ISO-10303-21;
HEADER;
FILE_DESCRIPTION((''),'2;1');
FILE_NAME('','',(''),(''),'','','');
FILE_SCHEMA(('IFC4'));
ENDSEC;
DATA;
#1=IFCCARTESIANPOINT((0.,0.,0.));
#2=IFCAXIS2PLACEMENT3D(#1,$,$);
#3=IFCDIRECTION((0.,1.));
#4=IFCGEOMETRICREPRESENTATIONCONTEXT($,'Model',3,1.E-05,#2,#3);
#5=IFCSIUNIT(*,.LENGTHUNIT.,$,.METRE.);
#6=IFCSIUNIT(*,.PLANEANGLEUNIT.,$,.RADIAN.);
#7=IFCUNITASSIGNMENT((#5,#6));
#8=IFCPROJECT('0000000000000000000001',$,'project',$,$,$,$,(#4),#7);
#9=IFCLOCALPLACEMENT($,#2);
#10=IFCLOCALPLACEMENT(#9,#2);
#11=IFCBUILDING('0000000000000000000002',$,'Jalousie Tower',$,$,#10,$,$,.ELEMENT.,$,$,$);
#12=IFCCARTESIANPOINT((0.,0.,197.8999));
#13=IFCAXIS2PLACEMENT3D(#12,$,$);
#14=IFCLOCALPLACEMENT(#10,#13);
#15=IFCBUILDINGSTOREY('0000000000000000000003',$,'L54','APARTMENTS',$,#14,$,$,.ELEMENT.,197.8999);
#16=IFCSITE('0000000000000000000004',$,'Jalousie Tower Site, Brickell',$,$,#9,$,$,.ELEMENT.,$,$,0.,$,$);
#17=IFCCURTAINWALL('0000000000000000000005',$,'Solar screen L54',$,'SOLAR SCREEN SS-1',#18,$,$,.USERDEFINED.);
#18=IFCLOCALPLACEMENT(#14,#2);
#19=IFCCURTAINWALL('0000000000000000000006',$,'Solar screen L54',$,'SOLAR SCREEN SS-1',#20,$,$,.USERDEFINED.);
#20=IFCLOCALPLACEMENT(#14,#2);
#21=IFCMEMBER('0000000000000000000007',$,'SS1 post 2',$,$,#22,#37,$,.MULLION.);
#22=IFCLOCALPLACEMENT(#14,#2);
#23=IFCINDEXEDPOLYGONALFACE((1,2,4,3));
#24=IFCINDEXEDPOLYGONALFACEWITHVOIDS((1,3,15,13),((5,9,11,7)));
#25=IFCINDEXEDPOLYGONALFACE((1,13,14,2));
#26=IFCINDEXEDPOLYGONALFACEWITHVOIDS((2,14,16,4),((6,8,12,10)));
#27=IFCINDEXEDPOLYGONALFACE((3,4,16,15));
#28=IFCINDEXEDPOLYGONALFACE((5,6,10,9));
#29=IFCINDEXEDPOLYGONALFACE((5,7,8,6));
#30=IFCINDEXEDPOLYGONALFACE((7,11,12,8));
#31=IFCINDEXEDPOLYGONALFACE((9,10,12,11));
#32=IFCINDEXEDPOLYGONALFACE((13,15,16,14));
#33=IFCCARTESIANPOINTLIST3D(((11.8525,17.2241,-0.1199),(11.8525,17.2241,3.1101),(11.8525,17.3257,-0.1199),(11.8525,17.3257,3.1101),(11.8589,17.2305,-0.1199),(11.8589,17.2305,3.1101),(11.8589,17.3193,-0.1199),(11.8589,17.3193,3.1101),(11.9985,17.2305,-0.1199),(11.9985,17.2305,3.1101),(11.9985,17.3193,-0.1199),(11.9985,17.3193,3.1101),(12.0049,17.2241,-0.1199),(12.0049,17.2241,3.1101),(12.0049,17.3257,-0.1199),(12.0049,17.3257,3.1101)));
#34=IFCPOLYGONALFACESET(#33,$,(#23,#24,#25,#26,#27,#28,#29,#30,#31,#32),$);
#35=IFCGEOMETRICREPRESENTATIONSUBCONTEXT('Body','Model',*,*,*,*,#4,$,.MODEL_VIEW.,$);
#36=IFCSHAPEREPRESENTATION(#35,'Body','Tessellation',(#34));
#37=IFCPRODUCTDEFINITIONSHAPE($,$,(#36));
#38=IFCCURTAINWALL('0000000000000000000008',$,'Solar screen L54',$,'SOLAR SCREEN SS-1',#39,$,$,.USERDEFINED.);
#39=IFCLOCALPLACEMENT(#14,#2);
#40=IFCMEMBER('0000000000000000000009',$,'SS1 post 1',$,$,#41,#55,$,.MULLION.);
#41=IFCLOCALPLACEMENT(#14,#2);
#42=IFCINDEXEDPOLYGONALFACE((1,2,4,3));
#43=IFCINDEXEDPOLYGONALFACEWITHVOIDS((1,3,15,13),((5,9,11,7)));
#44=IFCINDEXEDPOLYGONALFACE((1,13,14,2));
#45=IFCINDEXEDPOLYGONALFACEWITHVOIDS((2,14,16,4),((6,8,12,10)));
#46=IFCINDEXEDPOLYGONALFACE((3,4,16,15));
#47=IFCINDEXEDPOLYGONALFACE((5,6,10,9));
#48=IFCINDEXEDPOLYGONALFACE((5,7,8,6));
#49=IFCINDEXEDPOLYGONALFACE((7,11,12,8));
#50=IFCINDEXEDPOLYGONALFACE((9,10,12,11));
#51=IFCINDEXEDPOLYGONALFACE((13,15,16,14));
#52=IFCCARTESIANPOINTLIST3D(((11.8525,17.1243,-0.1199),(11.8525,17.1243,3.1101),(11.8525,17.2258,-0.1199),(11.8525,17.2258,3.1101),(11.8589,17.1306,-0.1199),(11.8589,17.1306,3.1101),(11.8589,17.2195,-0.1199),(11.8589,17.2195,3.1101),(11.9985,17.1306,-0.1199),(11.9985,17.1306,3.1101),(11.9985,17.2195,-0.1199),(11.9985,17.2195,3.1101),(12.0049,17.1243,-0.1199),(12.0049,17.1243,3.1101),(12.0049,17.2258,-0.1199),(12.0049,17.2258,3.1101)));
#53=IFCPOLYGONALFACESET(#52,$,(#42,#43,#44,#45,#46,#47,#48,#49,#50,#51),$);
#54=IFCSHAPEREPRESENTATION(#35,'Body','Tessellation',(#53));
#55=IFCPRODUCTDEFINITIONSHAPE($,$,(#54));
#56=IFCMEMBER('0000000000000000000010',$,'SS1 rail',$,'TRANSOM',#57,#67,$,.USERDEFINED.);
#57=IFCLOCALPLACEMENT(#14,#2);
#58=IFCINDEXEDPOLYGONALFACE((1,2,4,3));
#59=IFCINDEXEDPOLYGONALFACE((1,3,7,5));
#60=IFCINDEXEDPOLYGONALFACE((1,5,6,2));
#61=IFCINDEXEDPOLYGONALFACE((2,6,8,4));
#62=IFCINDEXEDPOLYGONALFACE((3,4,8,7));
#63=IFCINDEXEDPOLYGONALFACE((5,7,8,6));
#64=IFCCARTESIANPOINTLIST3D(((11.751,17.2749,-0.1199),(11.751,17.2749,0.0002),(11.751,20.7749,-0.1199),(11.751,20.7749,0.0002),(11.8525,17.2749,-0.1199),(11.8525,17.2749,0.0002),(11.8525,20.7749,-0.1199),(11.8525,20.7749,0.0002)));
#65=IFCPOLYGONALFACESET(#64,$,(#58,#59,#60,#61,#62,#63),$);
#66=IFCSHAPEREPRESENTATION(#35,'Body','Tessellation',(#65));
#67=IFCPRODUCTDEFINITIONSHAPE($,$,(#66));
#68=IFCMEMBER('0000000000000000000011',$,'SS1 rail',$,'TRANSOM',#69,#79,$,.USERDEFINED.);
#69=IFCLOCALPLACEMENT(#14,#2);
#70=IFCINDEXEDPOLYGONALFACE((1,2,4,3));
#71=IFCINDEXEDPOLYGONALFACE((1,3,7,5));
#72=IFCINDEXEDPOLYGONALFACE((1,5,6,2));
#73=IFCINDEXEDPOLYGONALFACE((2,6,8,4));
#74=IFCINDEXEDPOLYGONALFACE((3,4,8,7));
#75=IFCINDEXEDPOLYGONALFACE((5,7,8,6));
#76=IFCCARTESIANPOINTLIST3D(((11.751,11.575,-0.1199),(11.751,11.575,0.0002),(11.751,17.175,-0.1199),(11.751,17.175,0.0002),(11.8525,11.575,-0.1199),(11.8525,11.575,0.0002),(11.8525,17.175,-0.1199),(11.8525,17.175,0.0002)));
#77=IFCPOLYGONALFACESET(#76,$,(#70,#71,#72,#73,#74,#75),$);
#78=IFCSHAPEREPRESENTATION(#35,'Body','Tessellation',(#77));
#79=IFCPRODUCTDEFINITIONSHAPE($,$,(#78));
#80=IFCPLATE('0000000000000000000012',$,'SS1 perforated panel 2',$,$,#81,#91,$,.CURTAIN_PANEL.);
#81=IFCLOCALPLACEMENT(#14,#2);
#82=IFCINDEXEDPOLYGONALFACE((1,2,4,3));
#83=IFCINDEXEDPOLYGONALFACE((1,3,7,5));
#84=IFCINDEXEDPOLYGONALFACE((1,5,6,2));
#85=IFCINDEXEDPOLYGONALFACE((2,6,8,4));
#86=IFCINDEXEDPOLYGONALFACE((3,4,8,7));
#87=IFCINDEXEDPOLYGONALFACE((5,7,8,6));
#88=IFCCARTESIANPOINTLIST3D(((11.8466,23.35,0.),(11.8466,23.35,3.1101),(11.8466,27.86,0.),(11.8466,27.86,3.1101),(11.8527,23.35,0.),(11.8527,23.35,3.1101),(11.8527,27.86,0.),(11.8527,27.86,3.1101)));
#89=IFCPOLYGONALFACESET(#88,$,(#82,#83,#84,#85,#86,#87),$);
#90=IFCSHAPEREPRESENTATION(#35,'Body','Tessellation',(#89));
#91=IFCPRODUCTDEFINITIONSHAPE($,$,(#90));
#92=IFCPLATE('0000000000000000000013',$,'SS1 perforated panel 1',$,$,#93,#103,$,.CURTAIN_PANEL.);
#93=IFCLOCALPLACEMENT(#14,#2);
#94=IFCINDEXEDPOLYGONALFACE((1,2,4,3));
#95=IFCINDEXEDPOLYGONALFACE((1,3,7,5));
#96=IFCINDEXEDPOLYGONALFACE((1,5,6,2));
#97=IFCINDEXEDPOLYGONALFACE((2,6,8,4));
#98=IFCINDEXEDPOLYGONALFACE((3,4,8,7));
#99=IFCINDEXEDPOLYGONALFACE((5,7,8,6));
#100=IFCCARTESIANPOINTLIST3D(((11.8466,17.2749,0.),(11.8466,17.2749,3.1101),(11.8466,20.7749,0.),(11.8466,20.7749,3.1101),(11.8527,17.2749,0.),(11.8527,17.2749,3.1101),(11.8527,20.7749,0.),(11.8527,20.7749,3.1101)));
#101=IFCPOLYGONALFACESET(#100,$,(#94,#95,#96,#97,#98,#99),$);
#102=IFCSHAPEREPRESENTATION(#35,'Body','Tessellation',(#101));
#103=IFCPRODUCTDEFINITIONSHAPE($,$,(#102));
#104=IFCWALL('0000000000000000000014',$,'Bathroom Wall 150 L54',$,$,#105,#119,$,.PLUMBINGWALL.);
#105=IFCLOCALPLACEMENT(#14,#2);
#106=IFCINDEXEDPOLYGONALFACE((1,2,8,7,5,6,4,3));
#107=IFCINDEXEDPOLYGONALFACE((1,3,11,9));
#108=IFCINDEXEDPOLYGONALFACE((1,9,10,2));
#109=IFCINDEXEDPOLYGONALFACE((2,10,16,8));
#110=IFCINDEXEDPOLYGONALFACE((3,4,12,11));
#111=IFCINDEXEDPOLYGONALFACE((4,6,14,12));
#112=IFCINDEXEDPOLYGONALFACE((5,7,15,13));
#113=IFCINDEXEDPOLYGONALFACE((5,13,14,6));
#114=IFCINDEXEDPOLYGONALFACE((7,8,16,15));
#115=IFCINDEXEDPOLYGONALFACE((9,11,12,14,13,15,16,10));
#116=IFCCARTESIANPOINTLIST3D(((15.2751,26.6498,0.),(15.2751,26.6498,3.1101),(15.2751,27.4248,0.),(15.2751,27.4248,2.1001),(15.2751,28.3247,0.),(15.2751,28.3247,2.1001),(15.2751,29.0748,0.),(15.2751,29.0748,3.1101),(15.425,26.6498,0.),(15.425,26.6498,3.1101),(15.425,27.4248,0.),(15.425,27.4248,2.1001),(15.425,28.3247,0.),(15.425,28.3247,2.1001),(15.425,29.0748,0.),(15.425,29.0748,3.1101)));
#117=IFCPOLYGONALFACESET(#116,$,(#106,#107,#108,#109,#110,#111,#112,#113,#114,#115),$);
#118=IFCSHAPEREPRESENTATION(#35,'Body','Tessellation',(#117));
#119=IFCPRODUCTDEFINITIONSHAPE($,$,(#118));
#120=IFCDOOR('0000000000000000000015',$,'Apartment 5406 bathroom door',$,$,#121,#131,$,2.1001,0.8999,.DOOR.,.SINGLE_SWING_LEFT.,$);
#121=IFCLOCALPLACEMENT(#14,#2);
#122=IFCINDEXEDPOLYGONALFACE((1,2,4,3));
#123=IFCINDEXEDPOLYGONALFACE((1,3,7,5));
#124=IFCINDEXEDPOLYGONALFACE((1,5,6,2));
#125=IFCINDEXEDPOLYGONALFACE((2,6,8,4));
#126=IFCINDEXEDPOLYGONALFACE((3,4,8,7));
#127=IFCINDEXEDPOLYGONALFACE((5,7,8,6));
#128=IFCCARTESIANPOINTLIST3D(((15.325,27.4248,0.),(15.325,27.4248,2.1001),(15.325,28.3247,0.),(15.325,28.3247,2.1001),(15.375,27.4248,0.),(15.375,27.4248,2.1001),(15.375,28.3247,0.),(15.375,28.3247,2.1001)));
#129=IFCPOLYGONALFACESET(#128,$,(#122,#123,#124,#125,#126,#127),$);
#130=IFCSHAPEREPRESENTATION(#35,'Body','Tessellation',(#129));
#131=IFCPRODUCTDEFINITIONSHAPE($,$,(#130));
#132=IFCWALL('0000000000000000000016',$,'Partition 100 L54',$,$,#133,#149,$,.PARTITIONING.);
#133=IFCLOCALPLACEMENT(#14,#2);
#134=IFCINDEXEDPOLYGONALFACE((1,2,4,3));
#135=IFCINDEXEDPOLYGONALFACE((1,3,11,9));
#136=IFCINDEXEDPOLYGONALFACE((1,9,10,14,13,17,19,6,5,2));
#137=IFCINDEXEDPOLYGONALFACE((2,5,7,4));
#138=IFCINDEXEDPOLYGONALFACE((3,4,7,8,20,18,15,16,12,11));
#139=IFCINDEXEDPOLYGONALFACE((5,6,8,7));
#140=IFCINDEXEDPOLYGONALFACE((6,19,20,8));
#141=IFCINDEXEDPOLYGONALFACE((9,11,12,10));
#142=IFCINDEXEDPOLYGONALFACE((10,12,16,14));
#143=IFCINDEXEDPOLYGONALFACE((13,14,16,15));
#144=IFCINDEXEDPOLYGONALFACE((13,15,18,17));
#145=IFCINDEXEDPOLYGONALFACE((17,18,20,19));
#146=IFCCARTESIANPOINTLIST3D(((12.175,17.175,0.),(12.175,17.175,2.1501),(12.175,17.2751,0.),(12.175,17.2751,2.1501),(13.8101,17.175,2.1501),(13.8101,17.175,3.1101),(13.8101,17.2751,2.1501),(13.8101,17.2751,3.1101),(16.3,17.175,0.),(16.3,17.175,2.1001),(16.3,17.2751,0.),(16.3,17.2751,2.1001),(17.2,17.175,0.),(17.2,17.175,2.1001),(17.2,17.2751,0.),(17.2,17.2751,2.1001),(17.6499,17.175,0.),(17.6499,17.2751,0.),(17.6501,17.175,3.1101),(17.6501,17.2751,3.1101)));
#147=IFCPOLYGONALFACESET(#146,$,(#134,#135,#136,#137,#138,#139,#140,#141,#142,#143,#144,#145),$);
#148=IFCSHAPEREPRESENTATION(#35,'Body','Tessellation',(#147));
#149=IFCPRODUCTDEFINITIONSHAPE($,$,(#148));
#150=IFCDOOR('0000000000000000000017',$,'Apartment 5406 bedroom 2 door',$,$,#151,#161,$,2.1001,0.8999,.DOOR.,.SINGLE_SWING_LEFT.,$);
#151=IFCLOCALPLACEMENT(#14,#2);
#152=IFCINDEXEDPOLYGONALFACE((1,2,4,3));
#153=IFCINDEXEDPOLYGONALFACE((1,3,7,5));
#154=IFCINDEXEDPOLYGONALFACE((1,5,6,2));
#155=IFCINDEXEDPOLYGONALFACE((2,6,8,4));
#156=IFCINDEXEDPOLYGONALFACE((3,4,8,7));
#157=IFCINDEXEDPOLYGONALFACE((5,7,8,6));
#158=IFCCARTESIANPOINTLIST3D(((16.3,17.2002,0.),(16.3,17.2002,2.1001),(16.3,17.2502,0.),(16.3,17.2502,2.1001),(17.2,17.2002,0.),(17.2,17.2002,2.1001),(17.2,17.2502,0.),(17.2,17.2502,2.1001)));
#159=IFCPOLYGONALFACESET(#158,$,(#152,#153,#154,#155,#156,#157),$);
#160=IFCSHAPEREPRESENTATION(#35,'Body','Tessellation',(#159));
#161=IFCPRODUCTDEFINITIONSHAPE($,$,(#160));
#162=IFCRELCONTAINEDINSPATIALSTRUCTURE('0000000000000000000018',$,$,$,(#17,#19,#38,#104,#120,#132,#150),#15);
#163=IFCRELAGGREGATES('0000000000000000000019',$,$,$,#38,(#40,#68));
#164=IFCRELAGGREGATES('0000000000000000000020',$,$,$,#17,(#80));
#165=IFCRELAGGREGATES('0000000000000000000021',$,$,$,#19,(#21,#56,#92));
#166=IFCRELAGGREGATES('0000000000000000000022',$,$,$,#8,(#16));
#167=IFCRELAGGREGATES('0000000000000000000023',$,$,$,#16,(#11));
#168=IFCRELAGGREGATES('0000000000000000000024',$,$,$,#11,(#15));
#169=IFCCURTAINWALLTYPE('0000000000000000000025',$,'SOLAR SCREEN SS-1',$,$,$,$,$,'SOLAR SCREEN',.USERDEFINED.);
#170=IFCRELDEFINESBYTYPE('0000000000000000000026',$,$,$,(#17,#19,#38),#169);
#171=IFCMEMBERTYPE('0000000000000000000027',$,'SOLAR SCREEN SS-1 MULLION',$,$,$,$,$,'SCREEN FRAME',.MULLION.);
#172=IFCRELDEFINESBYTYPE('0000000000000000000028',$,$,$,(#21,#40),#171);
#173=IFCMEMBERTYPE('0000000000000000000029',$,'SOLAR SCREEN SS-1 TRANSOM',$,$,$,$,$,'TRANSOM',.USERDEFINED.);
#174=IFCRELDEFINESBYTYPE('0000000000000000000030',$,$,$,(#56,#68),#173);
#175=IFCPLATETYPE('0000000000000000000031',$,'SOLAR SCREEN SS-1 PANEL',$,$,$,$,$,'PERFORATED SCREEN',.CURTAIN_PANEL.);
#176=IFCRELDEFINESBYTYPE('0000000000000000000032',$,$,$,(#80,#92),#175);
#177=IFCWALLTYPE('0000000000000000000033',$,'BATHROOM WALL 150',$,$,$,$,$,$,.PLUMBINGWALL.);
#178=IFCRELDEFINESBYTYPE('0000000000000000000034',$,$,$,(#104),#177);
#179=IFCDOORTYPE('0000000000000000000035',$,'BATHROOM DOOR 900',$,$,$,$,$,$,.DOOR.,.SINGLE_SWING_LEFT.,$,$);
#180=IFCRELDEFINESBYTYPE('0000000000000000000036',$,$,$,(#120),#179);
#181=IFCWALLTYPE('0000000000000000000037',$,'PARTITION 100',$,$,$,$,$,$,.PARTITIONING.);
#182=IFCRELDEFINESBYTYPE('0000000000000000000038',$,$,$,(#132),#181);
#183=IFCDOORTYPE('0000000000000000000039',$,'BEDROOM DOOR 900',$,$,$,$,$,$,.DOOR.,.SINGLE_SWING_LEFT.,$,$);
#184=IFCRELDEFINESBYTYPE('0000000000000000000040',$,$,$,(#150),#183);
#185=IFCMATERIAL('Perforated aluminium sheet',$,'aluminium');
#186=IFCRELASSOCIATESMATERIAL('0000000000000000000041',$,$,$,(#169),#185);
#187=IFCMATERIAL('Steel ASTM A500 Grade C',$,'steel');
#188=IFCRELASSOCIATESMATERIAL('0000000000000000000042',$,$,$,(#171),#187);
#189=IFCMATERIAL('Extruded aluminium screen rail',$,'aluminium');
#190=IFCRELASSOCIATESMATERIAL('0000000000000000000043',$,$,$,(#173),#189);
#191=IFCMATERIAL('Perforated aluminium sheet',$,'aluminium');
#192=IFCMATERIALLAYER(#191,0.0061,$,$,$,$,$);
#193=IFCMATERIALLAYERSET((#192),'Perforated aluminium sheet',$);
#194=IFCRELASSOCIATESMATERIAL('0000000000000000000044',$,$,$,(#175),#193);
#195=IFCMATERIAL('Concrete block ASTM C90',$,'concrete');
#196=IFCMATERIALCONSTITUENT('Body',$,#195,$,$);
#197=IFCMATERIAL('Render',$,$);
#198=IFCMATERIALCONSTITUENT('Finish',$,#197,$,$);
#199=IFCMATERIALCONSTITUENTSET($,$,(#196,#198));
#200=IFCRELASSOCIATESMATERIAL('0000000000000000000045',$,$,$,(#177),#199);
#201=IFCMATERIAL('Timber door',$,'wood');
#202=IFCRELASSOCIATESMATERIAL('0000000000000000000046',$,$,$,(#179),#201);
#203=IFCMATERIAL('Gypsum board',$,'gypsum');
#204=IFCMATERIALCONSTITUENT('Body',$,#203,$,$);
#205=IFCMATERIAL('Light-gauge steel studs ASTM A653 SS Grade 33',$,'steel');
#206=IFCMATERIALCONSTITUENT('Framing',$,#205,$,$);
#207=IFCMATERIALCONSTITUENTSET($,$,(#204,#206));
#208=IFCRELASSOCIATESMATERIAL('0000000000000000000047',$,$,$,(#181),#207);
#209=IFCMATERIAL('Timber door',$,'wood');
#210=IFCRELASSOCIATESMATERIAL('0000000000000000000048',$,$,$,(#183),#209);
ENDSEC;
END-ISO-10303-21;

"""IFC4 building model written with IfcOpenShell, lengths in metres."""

from ifc_helpers import new_model, si_unit, direction, frame, frame_2d, origin, origin_2d, place, context, subcontext, project, spatial, polyline, rectangle, hollow_rectangle, outline, extrude, material, layer, layer_set, constituent, constituent_set, material_profile, profile_set, type_object, element, fill, aggregate, save


model = new_model("IFC4")

# Units and contexts
model_context = context("Model", 3, precision=1e-05, world=origin(), true_north=direction((0.0, 1.0)))
body_context = subcontext(model_context, "Body", "Model", "MODEL_VIEW")
ifc_project = project(units=[si_unit("LENGTHUNIT", "METRE"), si_unit("PLANEANGLEUNIT", "RADIAN")], contexts=[model_context])

# Site, building, storey
site_placement = place(None, origin())
site = spatial("IfcSite", under=ifc_project, at=site_placement, Name="Jalousie Tower Site, Brickell", CompositionType="ELEMENT", RefElevation=0.0)
building_placement = place(site_placement, origin())
building = spatial("IfcBuilding", under=site, at=building_placement, Name="Jalousie Tower", CompositionType="ELEMENT")
storey_placement = place(building_placement, frame((0.0, 0.0, 197.8999)))
storey = spatial("IfcBuildingStorey", under=building, at=storey_placement, Name="L54", Description="APARTMENTS", CompositionType="ELEMENT", Elevation=197.8999)

# Curtain walls, member
ifc_material_1 = material(Name="Perforated aluminium sheet", Category="aluminium")
curtain_wall_type = type_object("IfcCurtainWallType", Name="SOLAR SCREEN SS-1", ElementType="SOLAR SCREEN", PredefinedType="USERDEFINED", material=ifc_material_1)
curtain_wall_1_placement = place(storey_placement, origin())
curtain_wall_1 = element("IfcCurtainWall", 1, at=curtain_wall_1_placement, inside=storey, type_object=curtain_wall_type, Name="Solar screen L54", ObjectType="SOLAR SCREEN SS-1", PredefinedType="USERDEFINED")
ifc_material_2 = material(Name="Steel ASTM A500 Grade C", Category="steel")
ifc_material_profile_1 = material_profile(ifc_material_2, hollow_rectangle(XDim=0.1016, YDim=0.1523, WallThickness=0.0063, at=origin_2d()), Name="HSS6X4X1/4")
ifc_profile_set_1 = profile_set([ifc_material_profile_1], Name="Steel ASTM A500 Grade C")
member_type_1 = type_object("IfcMemberType", Name="SOLAR SCREEN SS-1 MULLION", ElementType="SCREEN FRAME", PredefinedType="MULLION", material=ifc_profile_set_1)
curtain_wall_2_placement = place(storey_placement, origin())
curtain_wall_2 = element("IfcCurtainWall", 2, at=curtain_wall_2_placement, inside=storey, type_object=curtain_wall_type, Name="Solar screen L54", ObjectType="SOLAR SCREEN SS-1", PredefinedType="USERDEFINED")
member_1_placement = place(storey_placement, frame((11.9287, 17.2749, -0.1199), z_axis=(0.0, 0.0, 1.0), x_axis=(0.0, -1.0, 0.0)))
member_1 = element("IfcMember", 3, at=member_1_placement, type_object=member_type_1, Name="SS1 post 2", PredefinedType="MULLION", context=body_context, shape_type="SweptSolid", body=[
    extrude(hollow_rectangle(XDim=0.1016, YDim=0.1523, WallThickness=0.0063, at=origin_2d()), origin(), (0.0, 0.0, 1.0), 3.23),
])

# Curtain wall, member
curtain_wall_3_placement = place(storey_placement, origin())
curtain_wall_3 = element("IfcCurtainWall", 4, at=curtain_wall_3_placement, inside=storey, type_object=curtain_wall_type, Name="Solar screen L54", ObjectType="SOLAR SCREEN SS-1", PredefinedType="USERDEFINED")
member_2_placement = place(storey_placement, frame((11.9287, 17.175, -0.1199), z_axis=(0.0, 0.0, 1.0), x_axis=(0.0, -1.0, 0.0)))
member_2 = element("IfcMember", 5, at=member_2_placement, type_object=member_type_1, Name="SS1 post 1", PredefinedType="MULLION", context=body_context, shape_type="SweptSolid", body=[
    extrude(hollow_rectangle(XDim=0.1016, YDim=0.1523, WallThickness=0.0063, at=origin_2d()), origin(), (0.0, 0.0, 1.0), 3.23),
])

# Members
ifc_material_3 = material(Name="Extruded aluminium screen rail", Category="aluminium")
ifc_material_profile_2 = material_profile(ifc_material_3, rectangle(XDim=0.1016, YDim=0.1201, at=origin_2d()), Name="RAIL 102x120")
ifc_profile_set_2 = profile_set([ifc_material_profile_2], Name="Extruded aluminium screen rail")
member_type_2 = type_object("IfcMemberType", Name="SOLAR SCREEN SS-1 TRANSOM", ElementType="TRANSOM", PredefinedType="USERDEFINED", material=ifc_profile_set_2)
member_3_placement = place(storey_placement, frame((11.8018, 20.7749, -0.0598), z_axis=(0.0, -1.0, 0.0), x_axis=(1.0, 0.0, 0.0)))
member_3 = element("IfcMember", 6, at=member_3_placement, type_object=member_type_2, Name="SS1 rail", ObjectType="TRANSOM", PredefinedType="USERDEFINED", context=body_context, shape_type="SweptSolid", body=[
    extrude(rectangle(XDim=0.1016, YDim=0.1201, at=origin_2d()), origin(), (0.0, 0.0, 1.0), 3.5),
])
member_4_placement = place(storey_placement, frame((11.8018, 17.175, -0.0598), z_axis=(0.0, -1.0, 0.0), x_axis=(1.0, 0.0, 0.0)))
member_4 = element("IfcMember", 7, at=member_4_placement, type_object=member_type_2, Name="SS1 rail", ObjectType="TRANSOM", PredefinedType="USERDEFINED", context=body_context, shape_type="SweptSolid", body=[
    extrude(rectangle(XDim=0.1016, YDim=0.1201, at=origin_2d()), origin(), (0.0, 0.0, 1.0), 5.6001),
])
aggregate(curtain_wall_3, [member_2, member_4])

# Plates
ifc_material_4 = material(Name="Perforated aluminium sheet", Category="aluminium")
ifc_layer = layer(ifc_material_4, 0.0061)
ifc_layer_set = layer_set([ifc_layer], Name="Perforated aluminium sheet")
plate_type = type_object("IfcPlateType", Name="SOLAR SCREEN SS-1 PANEL", ElementType="PERFORATED SCREEN", PredefinedType="CURTAIN_PANEL", material=ifc_layer_set)
plate_1_placement = place(storey_placement, frame((11.8496, 25.605, 0.0), z_axis=(0.0, 0.0, 1.0), x_axis=(0.0, -1.0, 0.0)))
plate_1 = element("IfcPlate", 8, at=plate_1_placement, type_object=plate_type, Name="SS1 perforated panel 2", PredefinedType="CURTAIN_PANEL", context=body_context, shape_type="SweptSolid", body=[
    extrude(rectangle(XDim=4.51, YDim=0.0061, at=origin_2d()), origin(), (0.0, 0.0, 1.0), 3.1101),
])
aggregate(curtain_wall_1, [plate_1])
plate_2_placement = place(storey_placement, frame((11.8496, 19.0249, 0.0), z_axis=(0.0, 0.0, 1.0), x_axis=(0.0, -1.0, 0.0)))
plate_2 = element("IfcPlate", 9, at=plate_2_placement, type_object=plate_type, Name="SS1 perforated panel 1", PredefinedType="CURTAIN_PANEL", context=body_context, shape_type="SweptSolid", body=[
    extrude(rectangle(XDim=3.5, YDim=0.0061, at=origin_2d()), origin(), (0.0, 0.0, 1.0), 3.1101),
])
aggregate(curtain_wall_2, [member_1, member_3, plate_2])

# Walls, openings, doors
ifc_material_5 = material(Name="Concrete block ASTM C90", Category="concrete")
ifc_constituent_1 = constituent(ifc_material_5, Name="Body")
ifc_material_6 = material(Name="Render")
ifc_constituent_2 = constituent(ifc_material_6, Name="Finish")
ifc_constituent_set_1 = constituent_set(constituents=[ifc_constituent_1, ifc_constituent_2])
wall_type_1 = type_object("IfcWallType", Name="BATHROOM WALL 150", PredefinedType="PLUMBINGWALL", material=ifc_constituent_set_1)
wall_1_placement = place(storey_placement, frame((15.3501, 26.6499, 0.0), z_axis=(0.0, 0.0, 1.0), x_axis=(0.0, 1.0, 0.0)))
wall_1 = element("IfcWall", 10, at=wall_1_placement, inside=storey, type_object=wall_type_1, Name="Bathroom Wall 150 L54", PredefinedType="PLUMBINGWALL", context=body_context, shape_type="SweptSolid", body=[
    extrude(rectangle(XDim=2.425, YDim=0.1499, at=frame_2d((1.2124, 0.0))), origin(), (0.0, 0.0, 1.0), 3.1101),
])
opening_1_placement = place(wall_1_placement, frame((0.7749, 0.0, 0.0)))
opening_1 = element("IfcOpeningElement", 11, at=opening_1_placement, cuts=wall_1, PredefinedType="OPENING", context=body_context, shape_type="SweptSolid", body=[
    extrude(rectangle(XDim=0.8999, YDim=2.1001, at=frame_2d((0.45, 1.05))), frame((0.0, 0.085, 0.0), z_axis=(0.0, -1.0, 0.0), x_axis=(1.0, 0.0, 0.0)), (0.0, 0.0, 1.0), 0.1699),
])
ifc_material_7 = material(Name="Timber door", Category="wood")
door_type_1 = type_object("IfcDoorType", Name="BATHROOM DOOR 900", OperationType="SINGLE_SWING_LEFT", PredefinedType="DOOR", material=ifc_material_7)
door_1_placement = place(opening_1_placement, frame((0.8999, 0.0, 0.0), z_axis=(0.0, 0.0, 1.0), x_axis=(-1.0, 0.0, 0.0)))
door_1 = element("IfcDoor", 12, at=door_1_placement, inside=storey, type_object=door_type_1, Name="Apartment 5406 bathroom door", OperationType="SINGLE_SWING_LEFT", OverallHeight=2.1001, OverallWidth=0.8999, PredefinedType="DOOR", context=body_context, shape_type="SweptSolid", body=[
    extrude(rectangle(XDim=0.8999, YDim=2.1001, at=frame_2d((0.45, 1.05))), frame((0.0, 0.0249, 0.0), z_axis=(0.0, -1.0, 0.0), x_axis=(1.0, 0.0, 0.0)), (0.0, 0.0, 1.0), 0.05),
])
fill(opening_1, door_1)
ifc_material_8 = material(Name="Gypsum board", Category="gypsum")
ifc_constituent_3 = constituent(ifc_material_8, Name="Body")
ifc_material_9 = material(Name="Light-gauge steel studs ASTM A653 SS Grade 33", Category="steel")
ifc_constituent_4 = constituent(ifc_material_9, Name="Framing")
ifc_constituent_set_2 = constituent_set(constituents=[ifc_constituent_3, ifc_constituent_4])
wall_type_2 = type_object("IfcWallType", Name="PARTITION 100", PredefinedType="PARTITIONING", material=ifc_constituent_set_2)
wall_2_placement = place(storey_placement, frame((12.175, 17.2251, 0.0), z_axis=(0.0, 0.0, 1.0), x_axis=(1.0, 0.0, 0.0)))
wall_2 = element("IfcWall", 13, at=wall_2_placement, inside=storey, type_object=wall_type_2, Name="Partition 100 L54", PredefinedType="PARTITIONING", context=body_context, shape_type="SweptSolid", body=[
    extrude(outline(polyline([(0.0, 0.0), (5.4749, 0.0), (5.4751, 3.1101), (1.635, 3.1101), (1.635, 2.1501), (0.0, 2.1501), (0.0, 3.1101), (0.0, 0.0)])), frame((0.0, 0.05, 0.0), z_axis=(0.0, -1.0, 0.0), x_axis=(1.0, 0.0, 0.0)), (0.0, 0.0, 1.0), 0.1001),
])
opening_2_placement = place(wall_2_placement, frame((4.125, 0.0, 0.0)))
opening_2 = element("IfcOpeningElement", 14, at=opening_2_placement, cuts=wall_2, PredefinedType="OPENING", context=body_context, shape_type="SweptSolid", body=[
    extrude(rectangle(XDim=0.8999, YDim=2.1001, at=frame_2d((0.45, 1.05))), frame((0.0, 0.0601, 0.0), z_axis=(0.0, -1.0, 0.0), x_axis=(1.0, 0.0, 0.0)), (0.0, 0.0, 1.0), 0.1201),
])
ifc_material_10 = material(Name="Timber door", Category="wood")
door_type_2 = type_object("IfcDoorType", Name="BEDROOM DOOR 900", OperationType="SINGLE_SWING_LEFT", PredefinedType="DOOR", material=ifc_material_10)
door_2_placement = place(opening_2_placement, frame((0.8999, 0.0, 0.0), z_axis=(0.0, 0.0, 1.0), x_axis=(-1.0, 0.0, 0.0)))
door_2 = element("IfcDoor", 15, at=door_2_placement, inside=storey, type_object=door_type_2, Name="Apartment 5406 bedroom 2 door", OperationType="SINGLE_SWING_LEFT", OverallHeight=2.1001, OverallWidth=0.8999, PredefinedType="DOOR", context=body_context, shape_type="SweptSolid", body=[
    extrude(rectangle(XDim=0.8999, YDim=2.1001, at=frame_2d((0.45, 1.05))), frame((0.0, 0.0249, 0.0), z_axis=(0.0, -1.0, 0.0), x_axis=(1.0, 0.0, 0.0)), (0.0, 0.0, 1.0), 0.05),
])
fill(opening_2, door_2)

save(model, "model.ifc")
